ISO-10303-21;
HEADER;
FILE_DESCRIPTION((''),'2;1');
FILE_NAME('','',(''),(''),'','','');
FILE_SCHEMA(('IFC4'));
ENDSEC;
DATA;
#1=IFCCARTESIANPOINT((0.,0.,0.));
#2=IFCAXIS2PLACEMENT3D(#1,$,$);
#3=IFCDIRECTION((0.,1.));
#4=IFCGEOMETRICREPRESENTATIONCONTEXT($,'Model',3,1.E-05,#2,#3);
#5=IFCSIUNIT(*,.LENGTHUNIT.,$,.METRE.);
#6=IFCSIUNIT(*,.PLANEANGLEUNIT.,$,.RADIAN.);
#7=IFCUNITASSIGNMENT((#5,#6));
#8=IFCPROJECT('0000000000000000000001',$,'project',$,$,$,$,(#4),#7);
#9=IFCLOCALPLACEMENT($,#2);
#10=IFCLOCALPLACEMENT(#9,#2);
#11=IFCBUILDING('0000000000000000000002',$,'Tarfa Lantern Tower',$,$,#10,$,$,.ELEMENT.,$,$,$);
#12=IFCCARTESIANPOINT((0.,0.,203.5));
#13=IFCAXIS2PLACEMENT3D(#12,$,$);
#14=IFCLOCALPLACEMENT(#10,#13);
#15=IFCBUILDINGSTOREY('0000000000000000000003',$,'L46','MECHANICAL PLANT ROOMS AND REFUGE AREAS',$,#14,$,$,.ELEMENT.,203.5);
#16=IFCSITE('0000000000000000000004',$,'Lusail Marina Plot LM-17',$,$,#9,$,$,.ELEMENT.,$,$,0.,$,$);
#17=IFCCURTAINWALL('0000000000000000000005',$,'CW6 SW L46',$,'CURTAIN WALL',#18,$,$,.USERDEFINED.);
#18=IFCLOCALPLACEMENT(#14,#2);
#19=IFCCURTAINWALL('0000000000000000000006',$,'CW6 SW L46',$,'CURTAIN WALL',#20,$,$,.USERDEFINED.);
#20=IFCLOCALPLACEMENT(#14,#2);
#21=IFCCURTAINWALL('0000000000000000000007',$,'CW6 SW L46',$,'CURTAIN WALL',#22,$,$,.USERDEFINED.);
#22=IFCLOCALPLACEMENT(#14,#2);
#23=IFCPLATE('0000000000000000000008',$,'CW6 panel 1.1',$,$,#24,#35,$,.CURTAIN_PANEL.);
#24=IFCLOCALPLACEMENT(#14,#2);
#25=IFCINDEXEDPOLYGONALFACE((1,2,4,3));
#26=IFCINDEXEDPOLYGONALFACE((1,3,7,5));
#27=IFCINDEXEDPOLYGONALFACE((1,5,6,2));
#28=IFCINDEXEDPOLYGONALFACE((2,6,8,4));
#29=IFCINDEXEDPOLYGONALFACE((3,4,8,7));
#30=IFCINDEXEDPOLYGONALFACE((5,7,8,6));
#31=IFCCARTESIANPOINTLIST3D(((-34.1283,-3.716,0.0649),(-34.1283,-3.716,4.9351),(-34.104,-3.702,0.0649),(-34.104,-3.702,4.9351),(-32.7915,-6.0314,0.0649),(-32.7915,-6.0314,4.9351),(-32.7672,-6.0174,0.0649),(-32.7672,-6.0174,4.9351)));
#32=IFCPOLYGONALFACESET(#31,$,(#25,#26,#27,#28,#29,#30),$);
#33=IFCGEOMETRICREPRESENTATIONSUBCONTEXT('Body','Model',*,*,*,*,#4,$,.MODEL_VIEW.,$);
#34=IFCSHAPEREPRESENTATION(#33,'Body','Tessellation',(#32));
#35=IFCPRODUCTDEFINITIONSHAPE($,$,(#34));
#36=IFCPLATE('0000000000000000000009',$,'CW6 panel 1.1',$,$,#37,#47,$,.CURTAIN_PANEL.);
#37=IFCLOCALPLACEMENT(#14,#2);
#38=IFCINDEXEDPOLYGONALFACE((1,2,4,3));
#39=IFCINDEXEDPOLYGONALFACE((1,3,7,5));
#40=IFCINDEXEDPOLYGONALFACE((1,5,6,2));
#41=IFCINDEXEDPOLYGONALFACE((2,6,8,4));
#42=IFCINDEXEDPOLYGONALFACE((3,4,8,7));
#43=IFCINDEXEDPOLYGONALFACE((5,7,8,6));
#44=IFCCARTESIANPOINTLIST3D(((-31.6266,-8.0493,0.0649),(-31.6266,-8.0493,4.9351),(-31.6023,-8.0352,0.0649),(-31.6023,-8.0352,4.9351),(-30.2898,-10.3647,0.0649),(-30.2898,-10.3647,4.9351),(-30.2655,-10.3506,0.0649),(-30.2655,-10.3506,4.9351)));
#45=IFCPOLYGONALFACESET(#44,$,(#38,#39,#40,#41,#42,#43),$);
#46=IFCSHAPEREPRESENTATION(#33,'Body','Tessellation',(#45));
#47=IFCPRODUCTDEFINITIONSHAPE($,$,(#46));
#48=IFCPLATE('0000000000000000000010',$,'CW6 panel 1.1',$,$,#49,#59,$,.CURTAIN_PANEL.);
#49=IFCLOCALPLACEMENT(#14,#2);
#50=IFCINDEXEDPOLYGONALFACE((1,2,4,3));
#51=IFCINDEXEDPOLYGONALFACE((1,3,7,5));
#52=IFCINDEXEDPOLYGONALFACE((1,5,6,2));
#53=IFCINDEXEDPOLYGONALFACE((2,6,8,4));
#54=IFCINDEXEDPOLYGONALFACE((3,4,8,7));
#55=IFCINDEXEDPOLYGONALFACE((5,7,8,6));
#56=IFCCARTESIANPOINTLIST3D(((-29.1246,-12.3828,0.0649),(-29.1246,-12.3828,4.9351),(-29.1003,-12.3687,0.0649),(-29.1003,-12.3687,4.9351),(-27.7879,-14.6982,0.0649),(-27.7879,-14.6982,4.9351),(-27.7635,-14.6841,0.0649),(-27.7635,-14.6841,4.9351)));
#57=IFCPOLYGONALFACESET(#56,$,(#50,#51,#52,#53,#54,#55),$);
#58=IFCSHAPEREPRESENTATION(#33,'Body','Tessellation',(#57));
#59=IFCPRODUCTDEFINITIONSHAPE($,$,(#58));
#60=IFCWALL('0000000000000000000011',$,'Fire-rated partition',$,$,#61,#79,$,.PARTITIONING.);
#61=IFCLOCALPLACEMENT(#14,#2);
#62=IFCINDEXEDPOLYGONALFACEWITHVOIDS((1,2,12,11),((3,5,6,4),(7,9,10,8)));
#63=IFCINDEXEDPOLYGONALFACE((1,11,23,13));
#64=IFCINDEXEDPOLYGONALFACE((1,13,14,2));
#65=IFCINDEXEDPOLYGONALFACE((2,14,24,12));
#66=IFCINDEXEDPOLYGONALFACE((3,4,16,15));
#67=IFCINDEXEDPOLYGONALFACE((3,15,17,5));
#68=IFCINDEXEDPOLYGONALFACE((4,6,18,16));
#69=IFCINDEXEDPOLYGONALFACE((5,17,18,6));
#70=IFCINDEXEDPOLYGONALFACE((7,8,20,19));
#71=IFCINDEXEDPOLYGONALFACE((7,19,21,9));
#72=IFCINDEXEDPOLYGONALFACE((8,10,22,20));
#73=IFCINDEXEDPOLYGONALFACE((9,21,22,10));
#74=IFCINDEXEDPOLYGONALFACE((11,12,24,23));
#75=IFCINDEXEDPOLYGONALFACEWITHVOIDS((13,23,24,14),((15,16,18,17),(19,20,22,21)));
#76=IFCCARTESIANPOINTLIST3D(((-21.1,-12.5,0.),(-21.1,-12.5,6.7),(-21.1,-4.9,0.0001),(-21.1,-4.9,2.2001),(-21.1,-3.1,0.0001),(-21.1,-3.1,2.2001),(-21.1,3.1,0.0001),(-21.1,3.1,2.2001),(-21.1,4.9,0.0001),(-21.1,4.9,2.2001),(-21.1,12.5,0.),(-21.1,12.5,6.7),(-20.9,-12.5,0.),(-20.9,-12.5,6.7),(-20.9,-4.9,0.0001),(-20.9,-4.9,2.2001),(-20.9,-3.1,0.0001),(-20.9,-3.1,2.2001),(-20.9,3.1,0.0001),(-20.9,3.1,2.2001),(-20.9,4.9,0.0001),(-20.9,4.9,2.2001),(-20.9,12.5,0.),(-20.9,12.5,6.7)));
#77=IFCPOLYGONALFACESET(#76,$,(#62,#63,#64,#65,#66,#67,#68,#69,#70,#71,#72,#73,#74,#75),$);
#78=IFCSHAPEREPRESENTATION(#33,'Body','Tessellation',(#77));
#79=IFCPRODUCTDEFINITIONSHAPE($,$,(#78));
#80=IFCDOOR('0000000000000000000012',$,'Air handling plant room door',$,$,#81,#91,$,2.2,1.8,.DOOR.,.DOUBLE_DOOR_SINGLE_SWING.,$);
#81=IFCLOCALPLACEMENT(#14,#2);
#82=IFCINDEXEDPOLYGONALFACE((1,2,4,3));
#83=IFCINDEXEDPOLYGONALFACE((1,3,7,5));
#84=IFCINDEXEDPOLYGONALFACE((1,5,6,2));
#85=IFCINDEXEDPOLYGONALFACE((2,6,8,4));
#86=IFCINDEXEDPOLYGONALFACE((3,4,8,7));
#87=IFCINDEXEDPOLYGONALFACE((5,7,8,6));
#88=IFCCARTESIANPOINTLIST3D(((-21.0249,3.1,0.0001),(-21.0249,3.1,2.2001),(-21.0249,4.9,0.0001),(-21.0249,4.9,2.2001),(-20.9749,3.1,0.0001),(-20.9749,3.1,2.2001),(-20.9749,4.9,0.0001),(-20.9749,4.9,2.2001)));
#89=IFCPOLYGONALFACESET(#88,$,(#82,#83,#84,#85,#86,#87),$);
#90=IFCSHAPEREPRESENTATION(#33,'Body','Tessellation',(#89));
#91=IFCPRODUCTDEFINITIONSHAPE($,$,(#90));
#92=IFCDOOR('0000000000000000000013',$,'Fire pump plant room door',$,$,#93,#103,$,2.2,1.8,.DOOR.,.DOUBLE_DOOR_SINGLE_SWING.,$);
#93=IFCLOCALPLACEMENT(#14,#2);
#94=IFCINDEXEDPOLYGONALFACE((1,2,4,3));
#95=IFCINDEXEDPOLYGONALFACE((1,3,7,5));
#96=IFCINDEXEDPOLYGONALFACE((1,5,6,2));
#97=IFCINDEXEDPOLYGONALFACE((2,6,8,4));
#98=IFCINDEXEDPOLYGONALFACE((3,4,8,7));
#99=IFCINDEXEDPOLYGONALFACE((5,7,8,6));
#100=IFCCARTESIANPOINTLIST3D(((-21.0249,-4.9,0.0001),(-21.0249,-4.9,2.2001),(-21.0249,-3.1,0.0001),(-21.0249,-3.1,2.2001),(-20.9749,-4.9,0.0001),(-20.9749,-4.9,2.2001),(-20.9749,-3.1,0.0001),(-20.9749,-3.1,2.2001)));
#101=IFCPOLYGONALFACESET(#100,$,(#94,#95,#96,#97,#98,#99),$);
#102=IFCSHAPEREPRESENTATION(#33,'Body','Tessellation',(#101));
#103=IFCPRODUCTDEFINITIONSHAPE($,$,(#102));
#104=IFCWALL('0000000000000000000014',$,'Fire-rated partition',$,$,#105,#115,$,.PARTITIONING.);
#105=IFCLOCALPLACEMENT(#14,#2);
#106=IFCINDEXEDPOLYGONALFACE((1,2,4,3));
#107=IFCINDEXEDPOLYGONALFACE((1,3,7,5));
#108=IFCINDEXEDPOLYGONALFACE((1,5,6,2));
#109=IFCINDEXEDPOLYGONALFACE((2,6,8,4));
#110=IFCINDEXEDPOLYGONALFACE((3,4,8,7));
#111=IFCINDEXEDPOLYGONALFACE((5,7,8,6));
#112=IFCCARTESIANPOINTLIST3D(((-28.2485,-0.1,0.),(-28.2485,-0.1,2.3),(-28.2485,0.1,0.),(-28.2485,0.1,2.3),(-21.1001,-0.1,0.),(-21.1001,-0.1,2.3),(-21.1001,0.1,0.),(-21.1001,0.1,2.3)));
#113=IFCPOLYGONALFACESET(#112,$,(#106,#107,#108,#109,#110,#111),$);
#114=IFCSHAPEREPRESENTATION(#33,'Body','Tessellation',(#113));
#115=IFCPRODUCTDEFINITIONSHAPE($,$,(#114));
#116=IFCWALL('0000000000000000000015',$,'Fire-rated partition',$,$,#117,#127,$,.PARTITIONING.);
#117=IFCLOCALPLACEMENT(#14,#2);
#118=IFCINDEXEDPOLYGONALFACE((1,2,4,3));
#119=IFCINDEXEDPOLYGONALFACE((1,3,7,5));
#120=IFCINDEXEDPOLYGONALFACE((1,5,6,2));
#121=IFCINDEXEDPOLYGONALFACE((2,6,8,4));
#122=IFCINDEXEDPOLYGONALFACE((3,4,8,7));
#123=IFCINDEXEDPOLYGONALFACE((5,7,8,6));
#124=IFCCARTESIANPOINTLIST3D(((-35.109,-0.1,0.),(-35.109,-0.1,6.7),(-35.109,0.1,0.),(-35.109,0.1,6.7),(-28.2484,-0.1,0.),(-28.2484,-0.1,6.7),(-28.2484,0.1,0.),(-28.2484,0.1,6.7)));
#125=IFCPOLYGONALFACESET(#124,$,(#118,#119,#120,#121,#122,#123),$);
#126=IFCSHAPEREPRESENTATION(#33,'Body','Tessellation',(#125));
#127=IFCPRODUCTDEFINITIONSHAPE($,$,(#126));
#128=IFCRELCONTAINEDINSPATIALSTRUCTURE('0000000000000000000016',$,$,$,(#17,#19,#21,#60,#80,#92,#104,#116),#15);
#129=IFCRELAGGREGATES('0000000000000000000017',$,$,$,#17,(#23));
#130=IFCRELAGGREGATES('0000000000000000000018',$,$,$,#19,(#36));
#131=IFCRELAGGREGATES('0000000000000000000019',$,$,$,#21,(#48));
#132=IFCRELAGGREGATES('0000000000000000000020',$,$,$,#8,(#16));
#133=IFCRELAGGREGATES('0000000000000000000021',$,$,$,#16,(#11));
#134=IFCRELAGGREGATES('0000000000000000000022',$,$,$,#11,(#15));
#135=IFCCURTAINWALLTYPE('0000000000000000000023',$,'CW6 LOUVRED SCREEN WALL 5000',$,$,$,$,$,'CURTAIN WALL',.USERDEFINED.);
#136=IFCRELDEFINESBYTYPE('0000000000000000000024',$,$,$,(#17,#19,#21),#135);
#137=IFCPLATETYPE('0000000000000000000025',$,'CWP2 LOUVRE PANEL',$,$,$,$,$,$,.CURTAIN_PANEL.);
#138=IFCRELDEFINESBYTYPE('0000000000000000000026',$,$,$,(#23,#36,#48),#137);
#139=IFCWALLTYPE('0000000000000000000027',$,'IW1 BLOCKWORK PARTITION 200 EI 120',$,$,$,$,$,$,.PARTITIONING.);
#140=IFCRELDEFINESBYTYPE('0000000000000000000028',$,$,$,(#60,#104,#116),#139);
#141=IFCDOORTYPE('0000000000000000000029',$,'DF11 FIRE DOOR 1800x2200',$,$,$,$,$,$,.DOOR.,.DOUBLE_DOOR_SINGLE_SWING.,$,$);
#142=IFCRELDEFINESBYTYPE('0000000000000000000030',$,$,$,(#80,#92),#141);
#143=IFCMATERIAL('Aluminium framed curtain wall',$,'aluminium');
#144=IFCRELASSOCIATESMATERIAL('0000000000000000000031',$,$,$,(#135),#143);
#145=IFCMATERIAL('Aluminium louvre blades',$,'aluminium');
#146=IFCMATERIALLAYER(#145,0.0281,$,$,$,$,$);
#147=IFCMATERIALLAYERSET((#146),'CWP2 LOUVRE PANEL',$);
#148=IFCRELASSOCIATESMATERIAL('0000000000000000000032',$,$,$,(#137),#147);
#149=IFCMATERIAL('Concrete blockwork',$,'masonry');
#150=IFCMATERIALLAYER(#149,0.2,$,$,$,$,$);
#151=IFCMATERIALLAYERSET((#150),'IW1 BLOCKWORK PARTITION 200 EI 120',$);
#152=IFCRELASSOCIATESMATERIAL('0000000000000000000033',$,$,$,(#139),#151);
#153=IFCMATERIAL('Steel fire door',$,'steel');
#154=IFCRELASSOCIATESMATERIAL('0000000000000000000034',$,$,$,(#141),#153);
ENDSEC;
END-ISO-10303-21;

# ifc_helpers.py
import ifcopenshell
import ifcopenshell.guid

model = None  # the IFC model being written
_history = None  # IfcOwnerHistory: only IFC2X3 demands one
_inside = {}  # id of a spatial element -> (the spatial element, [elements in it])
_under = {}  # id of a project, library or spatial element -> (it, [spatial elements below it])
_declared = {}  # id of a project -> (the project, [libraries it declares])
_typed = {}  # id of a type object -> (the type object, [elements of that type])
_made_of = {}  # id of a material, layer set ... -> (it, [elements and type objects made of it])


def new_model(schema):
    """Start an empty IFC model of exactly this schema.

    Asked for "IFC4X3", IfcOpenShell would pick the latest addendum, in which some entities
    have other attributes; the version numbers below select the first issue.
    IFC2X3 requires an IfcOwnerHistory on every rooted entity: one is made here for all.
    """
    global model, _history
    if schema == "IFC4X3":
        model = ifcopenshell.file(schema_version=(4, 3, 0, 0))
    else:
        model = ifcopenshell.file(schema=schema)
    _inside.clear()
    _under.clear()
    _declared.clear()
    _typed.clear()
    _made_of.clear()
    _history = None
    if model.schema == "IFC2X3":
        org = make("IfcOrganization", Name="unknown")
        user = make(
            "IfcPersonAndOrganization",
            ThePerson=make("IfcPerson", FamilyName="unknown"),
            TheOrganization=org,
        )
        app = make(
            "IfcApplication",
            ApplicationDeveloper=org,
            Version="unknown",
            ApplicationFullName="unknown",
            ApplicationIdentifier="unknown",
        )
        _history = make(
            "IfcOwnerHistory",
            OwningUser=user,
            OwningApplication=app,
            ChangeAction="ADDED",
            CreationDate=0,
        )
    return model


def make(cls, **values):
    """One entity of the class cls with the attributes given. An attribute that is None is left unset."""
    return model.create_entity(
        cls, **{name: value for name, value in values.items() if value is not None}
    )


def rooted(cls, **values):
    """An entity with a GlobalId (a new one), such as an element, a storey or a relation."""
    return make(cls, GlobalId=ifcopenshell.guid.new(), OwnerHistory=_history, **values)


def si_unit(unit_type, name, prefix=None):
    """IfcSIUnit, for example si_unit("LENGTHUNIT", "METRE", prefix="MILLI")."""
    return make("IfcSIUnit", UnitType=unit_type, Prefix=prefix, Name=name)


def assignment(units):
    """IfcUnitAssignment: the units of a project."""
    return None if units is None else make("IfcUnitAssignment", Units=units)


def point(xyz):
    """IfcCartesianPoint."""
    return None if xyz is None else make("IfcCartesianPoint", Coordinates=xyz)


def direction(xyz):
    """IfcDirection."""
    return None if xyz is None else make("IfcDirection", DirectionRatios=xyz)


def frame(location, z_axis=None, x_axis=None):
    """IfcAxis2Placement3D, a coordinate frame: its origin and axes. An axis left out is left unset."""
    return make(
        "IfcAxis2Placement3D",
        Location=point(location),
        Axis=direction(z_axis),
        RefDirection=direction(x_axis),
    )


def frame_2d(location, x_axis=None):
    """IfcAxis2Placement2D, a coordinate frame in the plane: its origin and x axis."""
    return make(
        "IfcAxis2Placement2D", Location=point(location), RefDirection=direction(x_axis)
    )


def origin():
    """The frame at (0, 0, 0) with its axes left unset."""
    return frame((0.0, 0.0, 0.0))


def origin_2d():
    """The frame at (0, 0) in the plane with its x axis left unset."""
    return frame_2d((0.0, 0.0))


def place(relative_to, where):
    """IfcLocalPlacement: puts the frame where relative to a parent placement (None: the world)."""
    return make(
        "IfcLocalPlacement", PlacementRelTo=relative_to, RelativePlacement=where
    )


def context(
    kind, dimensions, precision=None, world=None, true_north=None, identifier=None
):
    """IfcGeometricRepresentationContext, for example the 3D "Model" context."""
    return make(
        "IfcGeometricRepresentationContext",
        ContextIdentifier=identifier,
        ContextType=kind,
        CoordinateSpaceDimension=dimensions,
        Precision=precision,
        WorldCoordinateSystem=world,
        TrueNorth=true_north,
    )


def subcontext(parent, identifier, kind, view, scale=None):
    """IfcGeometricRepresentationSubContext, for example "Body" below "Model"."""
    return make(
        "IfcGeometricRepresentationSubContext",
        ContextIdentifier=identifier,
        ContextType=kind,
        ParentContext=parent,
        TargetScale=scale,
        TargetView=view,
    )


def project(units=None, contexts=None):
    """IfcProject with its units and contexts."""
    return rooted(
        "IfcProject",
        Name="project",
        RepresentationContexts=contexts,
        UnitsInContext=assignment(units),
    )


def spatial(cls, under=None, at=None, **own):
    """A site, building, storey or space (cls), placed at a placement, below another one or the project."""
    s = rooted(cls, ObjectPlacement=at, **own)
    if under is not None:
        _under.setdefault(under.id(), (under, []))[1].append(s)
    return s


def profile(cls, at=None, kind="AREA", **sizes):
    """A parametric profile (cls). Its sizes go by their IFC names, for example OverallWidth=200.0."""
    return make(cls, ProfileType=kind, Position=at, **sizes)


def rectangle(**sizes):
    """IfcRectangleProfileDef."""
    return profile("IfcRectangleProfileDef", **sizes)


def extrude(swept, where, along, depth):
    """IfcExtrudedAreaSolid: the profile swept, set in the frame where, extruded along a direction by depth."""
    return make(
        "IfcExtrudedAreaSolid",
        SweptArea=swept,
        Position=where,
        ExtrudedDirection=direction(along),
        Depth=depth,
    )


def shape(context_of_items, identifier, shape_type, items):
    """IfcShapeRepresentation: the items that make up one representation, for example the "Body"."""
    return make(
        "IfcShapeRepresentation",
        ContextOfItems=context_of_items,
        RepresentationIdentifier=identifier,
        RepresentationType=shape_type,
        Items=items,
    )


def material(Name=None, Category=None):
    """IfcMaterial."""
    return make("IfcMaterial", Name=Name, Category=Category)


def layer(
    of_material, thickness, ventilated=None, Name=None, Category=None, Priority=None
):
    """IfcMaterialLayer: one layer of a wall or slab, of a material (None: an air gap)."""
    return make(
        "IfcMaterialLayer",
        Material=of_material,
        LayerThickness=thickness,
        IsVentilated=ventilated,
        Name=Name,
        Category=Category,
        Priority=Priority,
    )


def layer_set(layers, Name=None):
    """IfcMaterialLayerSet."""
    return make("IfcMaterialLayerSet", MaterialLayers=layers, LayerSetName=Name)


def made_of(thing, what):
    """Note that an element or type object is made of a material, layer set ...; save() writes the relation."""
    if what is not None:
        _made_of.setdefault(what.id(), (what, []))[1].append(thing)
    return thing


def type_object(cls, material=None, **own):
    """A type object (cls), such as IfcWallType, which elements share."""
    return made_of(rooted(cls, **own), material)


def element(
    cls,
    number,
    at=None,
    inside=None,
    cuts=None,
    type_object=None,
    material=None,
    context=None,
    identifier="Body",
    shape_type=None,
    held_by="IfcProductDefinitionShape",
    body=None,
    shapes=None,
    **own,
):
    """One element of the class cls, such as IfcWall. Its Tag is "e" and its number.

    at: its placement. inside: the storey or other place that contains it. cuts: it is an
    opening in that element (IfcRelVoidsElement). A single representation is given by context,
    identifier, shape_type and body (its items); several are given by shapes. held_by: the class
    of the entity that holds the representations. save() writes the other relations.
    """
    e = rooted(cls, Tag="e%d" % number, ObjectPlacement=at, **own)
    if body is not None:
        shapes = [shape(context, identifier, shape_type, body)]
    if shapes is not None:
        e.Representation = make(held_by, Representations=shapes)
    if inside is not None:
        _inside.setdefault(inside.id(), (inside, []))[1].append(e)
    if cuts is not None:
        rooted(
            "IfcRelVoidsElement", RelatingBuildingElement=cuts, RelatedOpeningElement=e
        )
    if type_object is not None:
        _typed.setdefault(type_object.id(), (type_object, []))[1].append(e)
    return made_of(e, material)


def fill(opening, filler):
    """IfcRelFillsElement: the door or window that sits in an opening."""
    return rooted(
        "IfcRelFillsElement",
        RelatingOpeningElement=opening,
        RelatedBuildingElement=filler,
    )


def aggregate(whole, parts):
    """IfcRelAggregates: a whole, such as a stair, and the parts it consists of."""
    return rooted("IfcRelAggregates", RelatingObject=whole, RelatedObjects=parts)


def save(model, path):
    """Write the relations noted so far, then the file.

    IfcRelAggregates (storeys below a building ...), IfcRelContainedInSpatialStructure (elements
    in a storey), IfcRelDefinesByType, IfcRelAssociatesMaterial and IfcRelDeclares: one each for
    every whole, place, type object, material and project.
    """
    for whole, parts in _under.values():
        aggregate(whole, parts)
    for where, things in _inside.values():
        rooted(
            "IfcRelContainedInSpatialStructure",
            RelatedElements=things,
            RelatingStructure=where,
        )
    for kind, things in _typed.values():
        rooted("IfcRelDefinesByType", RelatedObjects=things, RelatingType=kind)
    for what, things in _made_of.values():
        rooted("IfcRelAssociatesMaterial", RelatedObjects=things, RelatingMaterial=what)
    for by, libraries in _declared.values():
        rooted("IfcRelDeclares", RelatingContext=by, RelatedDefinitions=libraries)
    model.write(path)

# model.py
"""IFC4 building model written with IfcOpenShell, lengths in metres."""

from ifc_helpers import new_model, si_unit, direction, frame, frame_2d, origin, origin_2d, place, context, subcontext, project, spatial, rectangle, extrude, material, layer, layer_set, type_object, element, fill, aggregate, save


model = new_model("IFC4")

# Units and contexts
model_context = context("Model", 3, precision=1e-05, world=origin(), true_north=direction((0.0, 1.0)))
body_context = subcontext(model_context, "Body", "Model", "MODEL_VIEW")
ifc_project = project(units=[si_unit("LENGTHUNIT", "METRE"), si_unit("PLANEANGLEUNIT", "RADIAN")], contexts=[model_context])

# Site, building, storey
site_placement = place(None, origin())
site = spatial("IfcSite", under=ifc_project, at=site_placement, Name="Lusail Marina Plot LM-17", CompositionType="ELEMENT", RefElevation=0.0)
building_placement = place(site_placement, origin())
building = spatial("IfcBuilding", under=site, at=building_placement, Name="Tarfa Lantern Tower", CompositionType="ELEMENT")
storey_placement = place(building_placement, frame((0.0, 0.0, 203.5)))
storey = spatial("IfcBuildingStorey", under=building, at=storey_placement, Name="L46", Description="MECHANICAL PLANT ROOMS AND REFUGE AREAS", CompositionType="ELEMENT", Elevation=203.5)

# Curtain walls
ifc_material_1 = material(Name="Aluminium framed curtain wall", Category="aluminium")
curtain_wall_type = type_object("IfcCurtainWallType", Name="CW6 LOUVRED SCREEN WALL 5000", ElementType="CURTAIN WALL", PredefinedType="USERDEFINED", material=ifc_material_1)
curtain_wall_1_placement = place(storey_placement, origin())
curtain_wall_1 = element("IfcCurtainWall", 1, at=curtain_wall_1_placement, inside=storey, type_object=curtain_wall_type, Name="CW6 SW L46", ObjectType="CURTAIN WALL", PredefinedType="USERDEFINED")
curtain_wall_2_placement = place(storey_placement, origin())
curtain_wall_2 = element("IfcCurtainWall", 2, at=curtain_wall_2_placement, inside=storey, type_object=curtain_wall_type, Name="CW6 SW L46", ObjectType="CURTAIN WALL", PredefinedType="USERDEFINED")

# Curtain wall
curtain_wall_3_placement = place(storey_placement, origin())
curtain_wall_3 = element("IfcCurtainWall", 3, at=curtain_wall_3_placement, inside=storey, type_object=curtain_wall_type, Name="CW6 SW L46", ObjectType="CURTAIN WALL", PredefinedType="USERDEFINED")

# Plates
ifc_material_2 = material(Name="Aluminium louvre blades", Category="aluminium")
ifc_layer_1 = layer(ifc_material_2, 0.0281)
ifc_layer_set_1 = layer_set([ifc_layer_1], Name="CWP2 LOUVRE PANEL")
plate_type = type_object("IfcPlateType", Name="CWP2 LOUVRE PANEL", PredefinedType="CURTAIN_PANEL", material=ifc_layer_set_1)
plate_1_placement = place(storey_placement, frame((-33.4478, -4.8667, 0.0649), z_axis=(0.0, 0.0, 1.0), x_axis=(0.5, -0.866025, 0.0)))
plate_1 = element("IfcPlate", 4, at=plate_1_placement, type_object=plate_type, Name="CW6 panel 1.1", PredefinedType="CURTAIN_PANEL", context=body_context, shape_type="SweptSolid", body=[
    extrude(rectangle(XDim=2.6736, YDim=0.0281, at=origin_2d()), origin(), (0.0, 0.0, 1.0), 4.8701),
])
aggregate(curtain_wall_1, [plate_1])
plate_2_placement = place(storey_placement, frame((-30.946, -9.2, 0.0649), z_axis=(0.0, 0.0, 1.0), x_axis=(0.5, -0.866025, 0.0)))
plate_2 = element("IfcPlate", 5, at=plate_2_placement, type_object=plate_type, Name="CW6 panel 1.1", PredefinedType="CURTAIN_PANEL", context=body_context, shape_type="SweptSolid", body=[
    extrude(rectangle(XDim=2.6736, YDim=0.0281, at=origin_2d()), origin(), (0.0, 0.0, 1.0), 4.8701),
])
aggregate(curtain_wall_2, [plate_2])
plate_3_placement = place(storey_placement, frame((-28.4441, -13.5334, 0.0649), z_axis=(0.0, 0.0, 1.0), x_axis=(0.5, -0.866025, 0.0)))
plate_3 = element("IfcPlate", 6, at=plate_3_placement, type_object=plate_type, Name="CW6 panel 1.1", PredefinedType="CURTAIN_PANEL", context=body_context, shape_type="SweptSolid", body=[
    extrude(rectangle(XDim=2.6736, YDim=0.0281, at=origin_2d()), origin(), (0.0, 0.0, 1.0), 4.8701),
])
aggregate(curtain_wall_3, [plate_3])

# Wall, openings, doors
ifc_material_3 = material(Name="Concrete blockwork", Category="masonry")
ifc_layer_2 = layer(ifc_material_3, 0.2)
ifc_layer_set_2 = layer_set([ifc_layer_2], Name="IW1 BLOCKWORK PARTITION 200 EI 120")
wall_type = type_object("IfcWallType", Name="IW1 BLOCKWORK PARTITION 200 EI 120", PredefinedType="PARTITIONING", material=ifc_layer_set_2)
wall_1_placement = place(storey_placement, frame((-21.0, -12.5, 0.0), z_axis=(0.0, 0.0, 1.0), x_axis=(0.0, 1.0, 0.0)))
wall_1 = element("IfcWall", 7, at=wall_1_placement, inside=storey, type_object=wall_type, Name="Fire-rated partition", PredefinedType="PARTITIONING", context=body_context, shape_type="SweptSolid", body=[
    extrude(rectangle(XDim=25.0, YDim=0.2, at=frame_2d((12.5, 0.0))), origin(), (0.0, 0.0, 1.0), 6.7),
])
opening_1_placement = place(wall_1_placement, frame((15.6001, 0.0, 0.0)))
opening_1 = element("IfcOpeningElement", 8, at=opening_1_placement, cuts=wall_1, PredefinedType="OPENING", context=body_context, shape_type="SweptSolid", body=[
    extrude(rectangle(XDim=1.8, YDim=2.2, at=frame_2d((0.8999, 1.1001))), frame((0.0, 0.1099, 0.0), z_axis=(0.0, -1.0, 0.0), x_axis=(1.0, 0.0, 0.0)), (0.0, 0.0, 1.0), 0.22),
])
opening_2_placement = place(wall_1_placement, frame((7.6001, 0.0, 0.0)))
opening_2 = element("IfcOpeningElement", 9, at=opening_2_placement, cuts=wall_1, PredefinedType="OPENING", context=body_context, shape_type="SweptSolid", body=[
    extrude(rectangle(XDim=1.8, YDim=2.2, at=frame_2d((0.8999, 1.1001))), frame((0.0, 0.1099, 0.0), z_axis=(0.0, -1.0, 0.0), x_axis=(1.0, 0.0, 0.0)), (0.0, 0.0, 1.0), 0.22),
])
ifc_material_4 = material(Name="Steel fire door", Category="steel")
door_type = type_object("IfcDoorType", Name="DF11 FIRE DOOR 1800x2200", OperationType="DOUBLE_DOOR_SINGLE_SWING", PredefinedType="DOOR", material=ifc_material_4)
door_1_placement = place(opening_1_placement, origin())
door_1 = element("IfcDoor", 10, at=door_1_placement, inside=storey, type_object=door_type, Name="Air handling plant room door", OperationType="DOUBLE_DOOR_SINGLE_SWING", OverallHeight=2.2, OverallWidth=1.8, PredefinedType="DOOR", context=body_context, shape_type="SweptSolid", body=[
    extrude(rectangle(XDim=1.8, YDim=2.2, at=frame_2d((0.8999, 1.1001))), frame((0.0, 0.0249, 0.0), z_axis=(0.0, -1.0, 0.0), x_axis=(1.0, 0.0, 0.0)), (0.0, 0.0, 1.0), 0.05),
])
fill(opening_1, door_1)
door_2_placement = place(opening_2_placement, origin())
door_2 = element("IfcDoor", 11, at=door_2_placement, inside=storey, type_object=door_type, Name="Fire pump plant room door", OperationType="DOUBLE_DOOR_SINGLE_SWING", OverallHeight=2.2, OverallWidth=1.8, PredefinedType="DOOR", context=body_context, shape_type="SweptSolid", body=[
    extrude(rectangle(XDim=1.8, YDim=2.2, at=frame_2d((0.8999, 1.1001))), frame((0.0, 0.0249, 0.0), z_axis=(0.0, -1.0, 0.0), x_axis=(1.0, 0.0, 0.0)), (0.0, 0.0, 1.0), 0.05),
])
fill(opening_2, door_2)

# Walls
wall_2_placement = place(storey_placement, frame((-21.1001, 0.0, 0.0), z_axis=(0.0, 0.0, 1.0), x_axis=(-1.0, 0.0, 0.0)))
element("IfcWall", 12, at=wall_2_placement, inside=storey, type_object=wall_type, Name="Fire-rated partition", PredefinedType="PARTITIONING", context=body_context, shape_type="SweptSolid", body=[
    extrude(rectangle(XDim=7.1484, YDim=0.2, at=frame_2d((3.5742, 0.0))), origin(), (0.0, 0.0, 1.0), 2.3),
])
wall_3_placement = place(storey_placement, frame((-28.2485, 0.0, 0.0), z_axis=(0.0, 0.0, 1.0), x_axis=(-1.0, 0.0, 0.0)))
element("IfcWall", 13, at=wall_3_placement, inside=storey, type_object=wall_type, Name="Fire-rated partition", PredefinedType="PARTITIONING", context=body_context, shape_type="SweptSolid", body=[
    extrude(rectangle(XDim=6.8606, YDim=0.2, at=frame_2d((3.4302, 0.0))), origin(), (0.0, 0.0, 1.0), 6.7),
])

save(model, "model.ifc")
